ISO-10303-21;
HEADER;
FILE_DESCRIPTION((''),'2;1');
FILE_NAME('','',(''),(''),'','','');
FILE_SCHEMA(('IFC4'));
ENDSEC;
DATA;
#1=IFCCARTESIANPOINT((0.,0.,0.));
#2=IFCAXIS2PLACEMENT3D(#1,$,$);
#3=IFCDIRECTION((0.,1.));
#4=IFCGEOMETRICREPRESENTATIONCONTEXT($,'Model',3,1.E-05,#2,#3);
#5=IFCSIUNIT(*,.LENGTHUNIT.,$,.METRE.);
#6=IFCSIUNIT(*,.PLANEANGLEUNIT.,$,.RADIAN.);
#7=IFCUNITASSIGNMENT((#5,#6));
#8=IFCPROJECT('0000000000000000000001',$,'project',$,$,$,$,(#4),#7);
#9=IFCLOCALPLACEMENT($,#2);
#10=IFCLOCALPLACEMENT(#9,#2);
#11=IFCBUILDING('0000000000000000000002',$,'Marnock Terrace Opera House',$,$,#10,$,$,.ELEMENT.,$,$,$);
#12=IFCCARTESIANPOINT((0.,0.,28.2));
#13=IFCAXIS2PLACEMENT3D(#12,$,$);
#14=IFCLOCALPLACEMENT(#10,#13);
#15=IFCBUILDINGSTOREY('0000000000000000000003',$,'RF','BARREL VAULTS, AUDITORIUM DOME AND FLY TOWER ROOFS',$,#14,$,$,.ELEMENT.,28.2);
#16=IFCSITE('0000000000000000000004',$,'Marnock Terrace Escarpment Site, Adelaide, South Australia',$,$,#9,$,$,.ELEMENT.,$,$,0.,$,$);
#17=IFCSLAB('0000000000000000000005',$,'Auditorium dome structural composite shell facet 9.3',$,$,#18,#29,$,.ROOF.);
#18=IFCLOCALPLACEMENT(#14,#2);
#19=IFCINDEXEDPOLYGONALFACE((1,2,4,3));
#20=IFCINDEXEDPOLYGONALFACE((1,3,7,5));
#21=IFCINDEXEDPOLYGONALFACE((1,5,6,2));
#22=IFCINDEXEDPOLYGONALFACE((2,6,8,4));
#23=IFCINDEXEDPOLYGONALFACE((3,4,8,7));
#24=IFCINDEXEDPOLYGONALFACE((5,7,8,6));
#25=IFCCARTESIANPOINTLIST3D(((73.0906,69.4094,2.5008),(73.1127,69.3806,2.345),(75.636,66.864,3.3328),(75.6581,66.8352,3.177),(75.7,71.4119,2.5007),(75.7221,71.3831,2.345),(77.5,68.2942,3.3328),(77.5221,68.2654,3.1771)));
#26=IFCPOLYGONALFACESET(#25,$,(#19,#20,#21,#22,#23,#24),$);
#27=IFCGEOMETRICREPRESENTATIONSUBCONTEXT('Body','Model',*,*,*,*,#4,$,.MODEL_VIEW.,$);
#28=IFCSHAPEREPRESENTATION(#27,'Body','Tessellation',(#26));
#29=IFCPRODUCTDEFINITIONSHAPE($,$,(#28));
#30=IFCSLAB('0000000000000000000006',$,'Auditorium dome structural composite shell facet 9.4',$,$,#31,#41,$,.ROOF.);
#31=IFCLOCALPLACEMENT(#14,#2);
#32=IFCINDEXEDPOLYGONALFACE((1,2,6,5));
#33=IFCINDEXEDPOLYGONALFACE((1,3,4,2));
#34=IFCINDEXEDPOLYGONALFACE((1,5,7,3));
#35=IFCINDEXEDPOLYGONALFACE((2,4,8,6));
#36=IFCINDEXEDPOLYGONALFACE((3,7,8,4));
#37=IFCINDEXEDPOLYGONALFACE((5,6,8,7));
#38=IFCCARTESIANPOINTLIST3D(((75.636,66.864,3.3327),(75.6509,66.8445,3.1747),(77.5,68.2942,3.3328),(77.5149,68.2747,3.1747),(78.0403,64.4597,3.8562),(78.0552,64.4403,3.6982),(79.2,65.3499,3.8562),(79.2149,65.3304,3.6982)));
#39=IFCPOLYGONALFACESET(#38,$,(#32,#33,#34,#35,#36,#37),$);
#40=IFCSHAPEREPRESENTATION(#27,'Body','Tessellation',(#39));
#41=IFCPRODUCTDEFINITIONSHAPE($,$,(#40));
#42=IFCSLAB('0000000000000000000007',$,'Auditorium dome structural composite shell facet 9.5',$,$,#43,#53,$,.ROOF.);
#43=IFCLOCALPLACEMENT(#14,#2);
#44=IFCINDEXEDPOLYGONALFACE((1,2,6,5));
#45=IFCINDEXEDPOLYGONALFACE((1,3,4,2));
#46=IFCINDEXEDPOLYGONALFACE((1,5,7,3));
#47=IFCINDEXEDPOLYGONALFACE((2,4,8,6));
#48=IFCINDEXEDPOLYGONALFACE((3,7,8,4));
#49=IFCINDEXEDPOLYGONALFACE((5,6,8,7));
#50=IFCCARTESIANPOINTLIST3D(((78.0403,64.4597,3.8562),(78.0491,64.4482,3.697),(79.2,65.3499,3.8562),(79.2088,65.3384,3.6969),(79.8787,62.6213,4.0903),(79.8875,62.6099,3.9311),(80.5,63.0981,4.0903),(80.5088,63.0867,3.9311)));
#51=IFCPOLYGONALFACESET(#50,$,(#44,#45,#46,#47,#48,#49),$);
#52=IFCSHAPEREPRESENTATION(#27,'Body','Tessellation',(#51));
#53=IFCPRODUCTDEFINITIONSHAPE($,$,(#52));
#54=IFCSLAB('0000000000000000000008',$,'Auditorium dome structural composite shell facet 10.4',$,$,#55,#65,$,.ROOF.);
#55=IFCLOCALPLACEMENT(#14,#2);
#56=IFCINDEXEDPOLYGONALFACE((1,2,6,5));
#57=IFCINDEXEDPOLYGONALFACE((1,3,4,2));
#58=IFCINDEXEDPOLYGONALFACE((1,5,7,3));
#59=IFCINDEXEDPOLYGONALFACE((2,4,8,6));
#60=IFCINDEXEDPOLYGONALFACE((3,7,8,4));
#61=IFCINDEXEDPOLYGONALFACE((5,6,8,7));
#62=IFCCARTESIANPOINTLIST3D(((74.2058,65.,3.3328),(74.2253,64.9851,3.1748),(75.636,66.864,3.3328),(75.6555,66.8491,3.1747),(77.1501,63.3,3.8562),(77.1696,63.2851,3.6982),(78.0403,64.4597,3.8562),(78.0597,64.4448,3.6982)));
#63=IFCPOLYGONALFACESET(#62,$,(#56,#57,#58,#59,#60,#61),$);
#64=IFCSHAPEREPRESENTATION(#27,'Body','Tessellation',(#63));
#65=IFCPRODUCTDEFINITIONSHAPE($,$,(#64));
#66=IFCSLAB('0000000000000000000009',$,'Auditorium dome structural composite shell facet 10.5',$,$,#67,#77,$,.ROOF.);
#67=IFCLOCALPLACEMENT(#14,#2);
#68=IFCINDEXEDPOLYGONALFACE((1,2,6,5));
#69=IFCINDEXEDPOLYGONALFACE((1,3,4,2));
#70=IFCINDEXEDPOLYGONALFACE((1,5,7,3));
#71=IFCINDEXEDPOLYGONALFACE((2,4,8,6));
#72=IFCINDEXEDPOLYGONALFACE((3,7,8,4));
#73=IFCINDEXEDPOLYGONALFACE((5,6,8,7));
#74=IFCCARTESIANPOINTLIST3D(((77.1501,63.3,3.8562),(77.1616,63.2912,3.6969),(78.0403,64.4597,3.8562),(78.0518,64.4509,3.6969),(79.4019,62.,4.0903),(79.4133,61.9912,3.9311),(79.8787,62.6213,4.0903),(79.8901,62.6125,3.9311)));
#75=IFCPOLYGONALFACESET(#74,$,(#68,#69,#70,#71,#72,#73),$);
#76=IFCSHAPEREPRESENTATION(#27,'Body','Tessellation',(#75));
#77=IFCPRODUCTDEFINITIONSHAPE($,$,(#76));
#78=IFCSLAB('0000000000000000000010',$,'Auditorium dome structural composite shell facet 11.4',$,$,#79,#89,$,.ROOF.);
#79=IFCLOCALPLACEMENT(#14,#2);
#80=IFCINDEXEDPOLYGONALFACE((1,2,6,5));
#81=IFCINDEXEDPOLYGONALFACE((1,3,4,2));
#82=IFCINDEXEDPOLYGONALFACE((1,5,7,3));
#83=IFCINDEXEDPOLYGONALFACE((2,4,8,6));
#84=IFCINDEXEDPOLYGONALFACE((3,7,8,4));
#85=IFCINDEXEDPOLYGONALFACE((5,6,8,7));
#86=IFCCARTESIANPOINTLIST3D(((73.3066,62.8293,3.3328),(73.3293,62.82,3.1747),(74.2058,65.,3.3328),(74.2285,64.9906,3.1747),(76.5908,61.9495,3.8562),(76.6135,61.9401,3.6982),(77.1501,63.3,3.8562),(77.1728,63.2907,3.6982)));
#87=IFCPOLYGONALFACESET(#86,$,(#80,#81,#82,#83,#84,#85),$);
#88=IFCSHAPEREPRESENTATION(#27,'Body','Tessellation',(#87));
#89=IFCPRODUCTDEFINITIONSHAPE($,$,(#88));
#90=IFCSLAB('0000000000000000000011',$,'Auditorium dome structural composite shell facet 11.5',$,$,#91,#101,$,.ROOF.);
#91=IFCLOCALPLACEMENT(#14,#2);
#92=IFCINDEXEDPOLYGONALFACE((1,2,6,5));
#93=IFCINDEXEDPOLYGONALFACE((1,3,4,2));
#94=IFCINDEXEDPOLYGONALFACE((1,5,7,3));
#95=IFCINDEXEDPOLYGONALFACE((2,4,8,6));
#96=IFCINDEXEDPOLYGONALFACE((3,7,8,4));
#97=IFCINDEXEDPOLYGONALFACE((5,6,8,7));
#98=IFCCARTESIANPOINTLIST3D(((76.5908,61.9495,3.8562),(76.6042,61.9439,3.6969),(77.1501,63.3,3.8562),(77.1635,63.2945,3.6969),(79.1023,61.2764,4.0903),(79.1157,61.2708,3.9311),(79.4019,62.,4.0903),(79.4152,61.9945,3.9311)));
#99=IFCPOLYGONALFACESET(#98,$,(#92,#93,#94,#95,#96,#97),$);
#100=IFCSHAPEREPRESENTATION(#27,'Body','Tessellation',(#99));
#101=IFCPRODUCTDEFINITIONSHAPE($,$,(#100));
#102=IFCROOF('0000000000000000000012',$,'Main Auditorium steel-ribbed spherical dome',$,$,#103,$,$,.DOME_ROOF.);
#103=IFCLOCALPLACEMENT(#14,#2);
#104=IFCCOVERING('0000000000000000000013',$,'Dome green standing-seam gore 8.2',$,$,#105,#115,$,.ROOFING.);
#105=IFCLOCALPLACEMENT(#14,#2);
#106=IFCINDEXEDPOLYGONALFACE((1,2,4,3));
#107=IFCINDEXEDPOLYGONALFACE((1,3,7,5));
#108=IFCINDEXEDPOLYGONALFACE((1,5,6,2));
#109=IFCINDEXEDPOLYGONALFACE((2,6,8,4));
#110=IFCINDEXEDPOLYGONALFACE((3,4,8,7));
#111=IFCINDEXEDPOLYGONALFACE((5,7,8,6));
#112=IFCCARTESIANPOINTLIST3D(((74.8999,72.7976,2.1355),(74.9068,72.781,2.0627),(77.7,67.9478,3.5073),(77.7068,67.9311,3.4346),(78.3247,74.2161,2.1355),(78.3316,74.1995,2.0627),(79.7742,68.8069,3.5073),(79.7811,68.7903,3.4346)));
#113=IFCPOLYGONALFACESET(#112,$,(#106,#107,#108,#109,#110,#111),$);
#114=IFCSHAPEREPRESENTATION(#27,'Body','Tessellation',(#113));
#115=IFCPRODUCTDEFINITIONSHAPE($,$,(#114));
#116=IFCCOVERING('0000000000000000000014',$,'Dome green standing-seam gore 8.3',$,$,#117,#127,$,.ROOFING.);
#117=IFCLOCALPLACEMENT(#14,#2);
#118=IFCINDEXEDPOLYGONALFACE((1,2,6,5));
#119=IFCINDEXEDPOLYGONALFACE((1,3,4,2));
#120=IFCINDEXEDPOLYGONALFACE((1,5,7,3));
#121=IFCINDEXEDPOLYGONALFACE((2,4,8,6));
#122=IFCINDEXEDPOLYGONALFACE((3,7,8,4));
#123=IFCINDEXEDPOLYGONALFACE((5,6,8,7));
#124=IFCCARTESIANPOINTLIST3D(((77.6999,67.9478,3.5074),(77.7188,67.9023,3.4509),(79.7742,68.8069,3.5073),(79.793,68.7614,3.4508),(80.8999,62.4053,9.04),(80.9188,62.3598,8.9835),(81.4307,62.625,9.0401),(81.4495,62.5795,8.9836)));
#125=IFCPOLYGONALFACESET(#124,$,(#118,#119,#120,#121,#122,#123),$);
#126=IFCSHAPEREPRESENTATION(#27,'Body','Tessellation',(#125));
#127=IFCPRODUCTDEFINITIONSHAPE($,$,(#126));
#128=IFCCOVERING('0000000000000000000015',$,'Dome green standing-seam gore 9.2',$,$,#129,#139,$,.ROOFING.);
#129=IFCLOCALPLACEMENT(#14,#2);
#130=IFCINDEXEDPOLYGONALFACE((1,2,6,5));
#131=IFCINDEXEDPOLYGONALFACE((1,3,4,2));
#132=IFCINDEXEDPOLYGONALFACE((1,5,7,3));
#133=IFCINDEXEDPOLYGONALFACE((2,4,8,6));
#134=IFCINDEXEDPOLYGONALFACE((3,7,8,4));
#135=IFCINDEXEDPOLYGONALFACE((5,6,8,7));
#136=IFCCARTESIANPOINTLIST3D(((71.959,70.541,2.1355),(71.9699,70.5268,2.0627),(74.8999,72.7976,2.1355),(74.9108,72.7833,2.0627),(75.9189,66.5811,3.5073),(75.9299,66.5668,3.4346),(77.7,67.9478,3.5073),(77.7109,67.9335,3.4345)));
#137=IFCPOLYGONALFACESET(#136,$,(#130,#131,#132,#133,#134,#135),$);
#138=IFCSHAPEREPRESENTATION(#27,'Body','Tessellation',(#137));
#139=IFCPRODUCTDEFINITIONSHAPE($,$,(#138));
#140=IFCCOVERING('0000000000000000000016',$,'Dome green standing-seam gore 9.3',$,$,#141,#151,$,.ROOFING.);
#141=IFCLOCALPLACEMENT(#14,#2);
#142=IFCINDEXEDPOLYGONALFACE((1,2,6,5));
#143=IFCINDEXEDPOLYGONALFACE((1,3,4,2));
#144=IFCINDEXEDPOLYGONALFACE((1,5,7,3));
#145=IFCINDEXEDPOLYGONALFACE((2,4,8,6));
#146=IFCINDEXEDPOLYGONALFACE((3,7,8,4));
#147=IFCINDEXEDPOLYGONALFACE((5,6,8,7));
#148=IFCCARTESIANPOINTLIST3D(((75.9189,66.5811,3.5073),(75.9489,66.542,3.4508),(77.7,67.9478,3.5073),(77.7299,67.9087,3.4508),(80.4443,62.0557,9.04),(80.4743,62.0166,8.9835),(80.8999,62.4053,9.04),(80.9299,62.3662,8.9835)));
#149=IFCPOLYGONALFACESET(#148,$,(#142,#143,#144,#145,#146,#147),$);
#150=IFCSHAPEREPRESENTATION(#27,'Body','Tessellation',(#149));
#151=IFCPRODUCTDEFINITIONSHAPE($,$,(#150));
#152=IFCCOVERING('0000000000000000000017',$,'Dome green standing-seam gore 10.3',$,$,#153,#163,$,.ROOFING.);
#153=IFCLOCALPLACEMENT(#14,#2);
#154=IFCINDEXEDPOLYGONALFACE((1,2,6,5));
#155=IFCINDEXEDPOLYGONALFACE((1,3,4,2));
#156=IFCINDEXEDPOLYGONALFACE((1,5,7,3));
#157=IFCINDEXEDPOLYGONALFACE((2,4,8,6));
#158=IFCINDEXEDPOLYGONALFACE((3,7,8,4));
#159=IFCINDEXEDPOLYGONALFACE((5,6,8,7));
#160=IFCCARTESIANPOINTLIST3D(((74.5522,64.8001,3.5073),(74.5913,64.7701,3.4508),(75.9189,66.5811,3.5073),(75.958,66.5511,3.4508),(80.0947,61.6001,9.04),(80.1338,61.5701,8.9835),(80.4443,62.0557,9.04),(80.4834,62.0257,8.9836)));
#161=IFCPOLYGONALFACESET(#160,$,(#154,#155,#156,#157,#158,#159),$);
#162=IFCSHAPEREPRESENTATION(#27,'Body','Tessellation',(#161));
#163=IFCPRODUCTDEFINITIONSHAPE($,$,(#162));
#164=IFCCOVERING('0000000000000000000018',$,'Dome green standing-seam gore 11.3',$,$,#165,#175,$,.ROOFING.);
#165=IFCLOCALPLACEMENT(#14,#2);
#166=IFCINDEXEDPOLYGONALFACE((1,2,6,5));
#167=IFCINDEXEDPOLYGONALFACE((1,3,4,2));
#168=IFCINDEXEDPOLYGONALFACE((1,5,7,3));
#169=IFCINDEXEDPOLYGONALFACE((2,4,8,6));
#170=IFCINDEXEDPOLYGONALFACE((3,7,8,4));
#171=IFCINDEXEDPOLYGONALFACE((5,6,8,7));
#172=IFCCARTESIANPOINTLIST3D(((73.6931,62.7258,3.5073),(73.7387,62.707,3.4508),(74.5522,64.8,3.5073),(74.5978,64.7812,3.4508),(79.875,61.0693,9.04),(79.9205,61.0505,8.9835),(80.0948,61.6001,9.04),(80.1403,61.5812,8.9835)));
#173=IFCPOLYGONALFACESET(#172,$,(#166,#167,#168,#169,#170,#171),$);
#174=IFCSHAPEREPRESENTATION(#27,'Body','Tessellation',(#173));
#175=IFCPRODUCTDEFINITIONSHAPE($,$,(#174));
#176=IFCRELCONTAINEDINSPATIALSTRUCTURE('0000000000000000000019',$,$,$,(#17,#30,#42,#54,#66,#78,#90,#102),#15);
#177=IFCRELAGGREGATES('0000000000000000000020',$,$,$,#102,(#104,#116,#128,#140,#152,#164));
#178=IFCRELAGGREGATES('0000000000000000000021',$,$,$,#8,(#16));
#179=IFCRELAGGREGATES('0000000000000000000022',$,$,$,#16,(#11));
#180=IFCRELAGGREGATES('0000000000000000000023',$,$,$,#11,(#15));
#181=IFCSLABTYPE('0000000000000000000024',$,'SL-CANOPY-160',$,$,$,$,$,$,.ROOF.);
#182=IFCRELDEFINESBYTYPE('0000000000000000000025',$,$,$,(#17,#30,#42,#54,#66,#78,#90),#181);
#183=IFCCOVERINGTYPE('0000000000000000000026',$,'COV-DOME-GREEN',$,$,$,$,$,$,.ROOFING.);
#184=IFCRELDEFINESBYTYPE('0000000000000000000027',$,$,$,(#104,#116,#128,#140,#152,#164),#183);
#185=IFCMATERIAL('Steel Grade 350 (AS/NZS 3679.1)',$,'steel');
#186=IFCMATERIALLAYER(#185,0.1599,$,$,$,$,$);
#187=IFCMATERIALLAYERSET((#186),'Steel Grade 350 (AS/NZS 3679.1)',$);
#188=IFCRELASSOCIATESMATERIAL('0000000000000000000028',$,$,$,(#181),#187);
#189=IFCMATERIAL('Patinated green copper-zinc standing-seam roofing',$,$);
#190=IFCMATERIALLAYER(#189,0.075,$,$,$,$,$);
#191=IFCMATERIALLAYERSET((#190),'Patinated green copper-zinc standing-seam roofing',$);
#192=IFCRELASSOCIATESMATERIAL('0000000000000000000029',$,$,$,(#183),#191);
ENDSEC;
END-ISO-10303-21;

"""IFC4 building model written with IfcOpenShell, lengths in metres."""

from ifc_helpers import new_model, si_unit, direction, frame, origin, place, context, subcontext, project, spatial, polyline, outline, extrude, material, layer, layer_set, type_object, element, aggregate, save


model = new_model("IFC4")

# Units and contexts
model_context = context("Model", 3, precision=1e-05, world=origin(), true_north=direction((0.0, 1.0)))
body_context = subcontext(model_context, "Body", "Model", "MODEL_VIEW")
ifc_project = project(units=[si_unit("LENGTHUNIT", "METRE"), si_unit("PLANEANGLEUNIT", "RADIAN")], contexts=[model_context])

# Site, building, storey
site_placement = place(None, origin())
site = spatial("IfcSite", under=ifc_project, at=site_placement, Name="Marnock Terrace Escarpment Site, Adelaide, South Australia", CompositionType="ELEMENT", RefElevation=0.0)
building_placement = place(site_placement, origin())
building = spatial("IfcBuilding", under=site, at=building_placement, Name="Marnock Terrace Opera House", CompositionType="ELEMENT")
storey_placement = place(building_placement, frame((0.0, 0.0, 28.2)))
storey = spatial("IfcBuildingStorey", under=building, at=storey_placement, Name="RF", Description="BARREL VAULTS, AUDITORIUM DOME AND FLY TOWER ROOFS", CompositionType="ELEMENT", Elevation=28.2)

# Slabs
ifc_material_1 = material(Name="Steel Grade 350 (AS/NZS 3679.1)", Category="steel")
ifc_layer_1 = layer(ifc_material_1, 0.1599)
ifc_layer_set_1 = layer_set([ifc_layer_1], Name="Steel Grade 350 (AS/NZS 3679.1)")
slab_type = type_object("IfcSlabType", Name="SL-CANOPY-160", PredefinedType="ROOF", material=ifc_layer_set_1)
slab_1_placement = place(storey_placement, frame((75.7, 71.4119, 2.5007), z_axis=(-0.138211, 0.180117, 0.973887), x_axis=(-0.793326, -0.608798, 0.000009)))
element("IfcSlab", 1, at=slab_1_placement, inside=storey, type_object=slab_type, Name="Auditorium dome structural composite shell facet 9.3", PredefinedType="ROOF", context=body_context, shape_type="SweptSolid", body=[
    extrude(outline(polyline([(0.0, 0.0), (3.2892, 0.0), (2.8195, 3.6647), (0.47, 3.6649), (0.0, 0.0)])), origin(), (0.0, 0.0, -1.0), 0.1599),
])
slab_2_placement = place(storey_placement, frame((77.5, 68.2942, 3.3328), z_axis=(-0.093413, 0.12173, 0.988158), x_axis=(-0.793379, -0.608727, -0.000012)))
element("IfcSlab", 2, at=slab_2_placement, inside=storey, type_object=slab_type, Name="Auditorium dome structural composite shell facet 9.4", PredefinedType="ROOF", context=body_context, shape_type="SweptSolid", body=[
    extrude(outline(polyline([(0.0, 0.0), (2.3495, 0.0), (1.9055, 3.4115), (0.4436, 3.4112), (0.0, 0.0)])), origin(), (0.0, 0.0, -1.0), 0.1599),
])
slab_3_placement = place(storey_placement, frame((79.2, 65.3499, 3.8562), z_axis=(-0.055075, 0.071757, 0.9959), x_axis=(-0.793257, -0.608887, 0.000004)))
element("IfcSlab", 3, at=slab_3_placement, inside=storey, type_object=slab_type, Name="Auditorium dome structural composite shell facet 9.5", PredefinedType="ROOF", context=body_context, shape_type="SweptSolid", body=[
    extrude(outline(polyline([(0.0, 0.0), (1.4619, 0.0), (1.123, 2.5883), (0.3398, 2.5884), (0.0, 0.0)])), origin(), (0.0, 0.0, -1.0), 0.1599),
])
slab_4_placement = place(storey_placement, frame((75.636, 66.864, 3.3328), z_axis=(-0.12173, 0.093413, 0.988158), x_axis=(-0.608727, -0.793379, 0.000012)))
element("IfcSlab", 4, at=slab_4_placement, inside=storey, type_object=slab_type, Name="Auditorium dome structural composite shell facet 10.4", PredefinedType="ROOF", context=body_context, shape_type="SweptSolid", body=[
    extrude(outline(polyline([(0.0, 0.0), (2.3495, 0.0), (1.9059, 3.4112), (0.444, 3.4115), (0.0, 0.0)])), origin(), (0.0, 0.0, -1.0), 0.1599),
])
slab_5_placement = place(storey_placement, frame((78.0403, 64.4597, 3.8562), z_axis=(-0.071757, 0.055075, 0.9959), x_axis=(-0.608887, -0.793257, -0.000004)))
element("IfcSlab", 5, at=slab_5_placement, inside=storey, type_object=slab_type, Name="Auditorium dome structural composite shell facet 10.5", PredefinedType="ROOF", context=body_context, shape_type="SweptSolid", body=[
    extrude(outline(polyline([(0.0, 0.0), (1.4619, 0.0), (1.1221, 2.5884), (0.3389, 2.5883), (0.0, 0.0)])), origin(), (0.0, 0.0, -1.0), 0.1599),
])
slab_6_placement = place(storey_placement, frame((74.2058, 65.0, 3.3328), z_axis=(-0.141766, 0.058719, 0.988157), x_axis=(-0.382703, -0.923871, -0.000005)))
element("IfcSlab", 6, at=slab_6_placement, inside=storey, type_object=slab_type, Name="Auditorium dome structural composite shell facet 11.4", PredefinedType="ROOF", context=body_context, shape_type="SweptSolid", body=[
    extrude(outline(polyline([(0.0, 0.0), (2.3495, 0.0), (1.9056, 3.4113), (0.4437, 3.4112), (0.0, 0.0)])), origin(), (0.0, 0.0, -1.0), 0.1599),
])
slab_7_placement = place(storey_placement, frame((77.1501, 63.3, 3.8562), z_axis=(-0.083571, 0.034605, 0.995901), x_axis=(-0.382622, -0.923905, -0.000005)))
element("IfcSlab", 7, at=slab_7_placement, inside=storey, type_object=slab_type, Name="Auditorium dome structural composite shell facet 11.5", PredefinedType="ROOF", context=body_context, shape_type="SweptSolid", body=[
    extrude(outline(polyline([(0.0, 0.0), (1.4618, 0.0), (1.1228, 2.5885), (0.3396, 2.5884), (0.0, 0.0)])), origin(), (0.0, 0.0, -1.0), 0.1599),
])

# Roof, coverings
roof_placement = place(storey_placement, origin())
roof = element("IfcRoof", 8, at=roof_placement, inside=storey, Name="Main Auditorium steel-ribbed spherical dome", PredefinedType="DOME_ROOF")
ifc_material_2 = material(Name="Patinated green copper-zinc standing-seam roofing")
ifc_layer_2 = layer(ifc_material_2, 0.075)
ifc_layer_set_2 = layer_set([ifc_layer_2], Name="Patinated green copper-zinc standing-seam roofing")
covering_type = type_object("IfcCoveringType", Name="COV-DOME-GREEN", PredefinedType="ROOFING", material=ifc_layer_set_2)
covering_1_placement = place(storey_placement, frame((78.3247, 74.2161, 2.1355), z_axis=(-0.091787, 0.22161, 0.970806), x_axis=(-0.923893, -0.382651, -0.000002)))
covering_1 = element("IfcCovering", 9, at=covering_1_placement, type_object=covering_type, Name="Dome green standing-seam gore 8.2", PredefinedType="ROOFING", context=body_context, shape_type="SweptSolid", body=[
    extrude(outline(polyline([(0.0, 0.0), (3.7069, 0.0), (2.9758, 5.7192), (0.7307, 5.7191), (0.0, 0.0)])), origin(), (0.0, 0.0, -1.0), 0.075),
])
covering_2_placement = place(storey_placement, frame((79.7742, 68.8069, 3.5073), z_axis=(-0.251469, 0.60719, 0.753713), x_axis=(-0.923892, -0.382654, 0.000018)))
covering_2 = element("IfcCovering", 10, at=covering_2_placement, type_object=covering_type, Name="Dome green standing-seam gore 8.3", PredefinedType="ROOFING", context=body_context, shape_type="SweptSolid", body=[
    extrude(outline(polyline([(0.0, 0.0), (2.2451, 0.0), (1.4096, 8.4185), (0.8352, 8.4186), (0.0, 0.0)])), origin(), (0.0, 0.0, -1.0), 0.075),
])
covering_3_placement = place(storey_placement, frame((74.8999, 72.7976, 2.1355), z_axis=(-0.14602, 0.190295, 0.970807), x_axis=(-0.79336, -0.608753, -0.000004)))
covering_3 = element("IfcCovering", 11, at=covering_3_placement, type_object=covering_type, Name="Dome green standing-seam gore 9.2", PredefinedType="ROOFING", context=body_context, shape_type="SweptSolid", body=[
    extrude(outline(polyline([(0.0, 0.0), (3.7069, 0.0), (2.9759, 5.7193), (0.7309, 5.7192), (0.0, 0.0)])), origin(), (0.0, 0.0, -1.0), 0.075),
])
covering_4_placement = place(storey_placement, frame((77.7, 67.9478, 3.5073), z_axis=(-0.400101, 0.521383, 0.75371), x_axis=(-0.793334, -0.608787, -0.000003)))
covering_4 = element("IfcCovering", 12, at=covering_4_placement, type_object=covering_type, Name="Dome green standing-seam gore 9.3", PredefinedType="ROOFING", context=body_context, shape_type="SweptSolid", body=[
    extrude(outline(polyline([(0.0, 0.0), (2.245, 0.0), (1.4098, 8.4185), (0.8355, 8.4185), (0.0, 0.0)])), origin(), (0.0, 0.0, -1.0), 0.075),
])
covering_5_placement = place(storey_placement, frame((75.9189, 66.5811, 3.5073), z_axis=(-0.521383, 0.400101, 0.75371), x_axis=(-0.608787, -0.793334, 0.000003)))
covering_5 = element("IfcCovering", 13, at=covering_5_placement, type_object=covering_type, Name="Dome green standing-seam gore 10.3", PredefinedType="ROOFING", context=body_context, shape_type="SweptSolid", body=[
    extrude(outline(polyline([(0.0, 0.0), (2.245, 0.0), (1.4094, 8.4185), (0.8352, 8.4185), (0.0, 0.0)])), origin(), (0.0, 0.0, -1.0), 0.075),
])
covering_6_placement = place(storey_placement, frame((74.5522, 64.8, 3.5073), z_axis=(-0.60719, 0.251469, 0.753713), x_axis=(-0.382654, -0.923892, -0.000018)))
covering_6 = element("IfcCovering", 14, at=covering_6_placement, type_object=covering_type, Name="Dome green standing-seam gore 11.3", PredefinedType="ROOFING", context=body_context, shape_type="SweptSolid", body=[
    extrude(outline(polyline([(0.0, 0.0), (2.2451, 0.0), (1.4099, 8.4186), (0.8355, 8.4185), (0.0, 0.0)])), origin(), (0.0, 0.0, -1.0), 0.075),
])
aggregate(roof, [covering_1, covering_2, covering_3, covering_4, covering_5, covering_6])

save(model, "model.ifc")
